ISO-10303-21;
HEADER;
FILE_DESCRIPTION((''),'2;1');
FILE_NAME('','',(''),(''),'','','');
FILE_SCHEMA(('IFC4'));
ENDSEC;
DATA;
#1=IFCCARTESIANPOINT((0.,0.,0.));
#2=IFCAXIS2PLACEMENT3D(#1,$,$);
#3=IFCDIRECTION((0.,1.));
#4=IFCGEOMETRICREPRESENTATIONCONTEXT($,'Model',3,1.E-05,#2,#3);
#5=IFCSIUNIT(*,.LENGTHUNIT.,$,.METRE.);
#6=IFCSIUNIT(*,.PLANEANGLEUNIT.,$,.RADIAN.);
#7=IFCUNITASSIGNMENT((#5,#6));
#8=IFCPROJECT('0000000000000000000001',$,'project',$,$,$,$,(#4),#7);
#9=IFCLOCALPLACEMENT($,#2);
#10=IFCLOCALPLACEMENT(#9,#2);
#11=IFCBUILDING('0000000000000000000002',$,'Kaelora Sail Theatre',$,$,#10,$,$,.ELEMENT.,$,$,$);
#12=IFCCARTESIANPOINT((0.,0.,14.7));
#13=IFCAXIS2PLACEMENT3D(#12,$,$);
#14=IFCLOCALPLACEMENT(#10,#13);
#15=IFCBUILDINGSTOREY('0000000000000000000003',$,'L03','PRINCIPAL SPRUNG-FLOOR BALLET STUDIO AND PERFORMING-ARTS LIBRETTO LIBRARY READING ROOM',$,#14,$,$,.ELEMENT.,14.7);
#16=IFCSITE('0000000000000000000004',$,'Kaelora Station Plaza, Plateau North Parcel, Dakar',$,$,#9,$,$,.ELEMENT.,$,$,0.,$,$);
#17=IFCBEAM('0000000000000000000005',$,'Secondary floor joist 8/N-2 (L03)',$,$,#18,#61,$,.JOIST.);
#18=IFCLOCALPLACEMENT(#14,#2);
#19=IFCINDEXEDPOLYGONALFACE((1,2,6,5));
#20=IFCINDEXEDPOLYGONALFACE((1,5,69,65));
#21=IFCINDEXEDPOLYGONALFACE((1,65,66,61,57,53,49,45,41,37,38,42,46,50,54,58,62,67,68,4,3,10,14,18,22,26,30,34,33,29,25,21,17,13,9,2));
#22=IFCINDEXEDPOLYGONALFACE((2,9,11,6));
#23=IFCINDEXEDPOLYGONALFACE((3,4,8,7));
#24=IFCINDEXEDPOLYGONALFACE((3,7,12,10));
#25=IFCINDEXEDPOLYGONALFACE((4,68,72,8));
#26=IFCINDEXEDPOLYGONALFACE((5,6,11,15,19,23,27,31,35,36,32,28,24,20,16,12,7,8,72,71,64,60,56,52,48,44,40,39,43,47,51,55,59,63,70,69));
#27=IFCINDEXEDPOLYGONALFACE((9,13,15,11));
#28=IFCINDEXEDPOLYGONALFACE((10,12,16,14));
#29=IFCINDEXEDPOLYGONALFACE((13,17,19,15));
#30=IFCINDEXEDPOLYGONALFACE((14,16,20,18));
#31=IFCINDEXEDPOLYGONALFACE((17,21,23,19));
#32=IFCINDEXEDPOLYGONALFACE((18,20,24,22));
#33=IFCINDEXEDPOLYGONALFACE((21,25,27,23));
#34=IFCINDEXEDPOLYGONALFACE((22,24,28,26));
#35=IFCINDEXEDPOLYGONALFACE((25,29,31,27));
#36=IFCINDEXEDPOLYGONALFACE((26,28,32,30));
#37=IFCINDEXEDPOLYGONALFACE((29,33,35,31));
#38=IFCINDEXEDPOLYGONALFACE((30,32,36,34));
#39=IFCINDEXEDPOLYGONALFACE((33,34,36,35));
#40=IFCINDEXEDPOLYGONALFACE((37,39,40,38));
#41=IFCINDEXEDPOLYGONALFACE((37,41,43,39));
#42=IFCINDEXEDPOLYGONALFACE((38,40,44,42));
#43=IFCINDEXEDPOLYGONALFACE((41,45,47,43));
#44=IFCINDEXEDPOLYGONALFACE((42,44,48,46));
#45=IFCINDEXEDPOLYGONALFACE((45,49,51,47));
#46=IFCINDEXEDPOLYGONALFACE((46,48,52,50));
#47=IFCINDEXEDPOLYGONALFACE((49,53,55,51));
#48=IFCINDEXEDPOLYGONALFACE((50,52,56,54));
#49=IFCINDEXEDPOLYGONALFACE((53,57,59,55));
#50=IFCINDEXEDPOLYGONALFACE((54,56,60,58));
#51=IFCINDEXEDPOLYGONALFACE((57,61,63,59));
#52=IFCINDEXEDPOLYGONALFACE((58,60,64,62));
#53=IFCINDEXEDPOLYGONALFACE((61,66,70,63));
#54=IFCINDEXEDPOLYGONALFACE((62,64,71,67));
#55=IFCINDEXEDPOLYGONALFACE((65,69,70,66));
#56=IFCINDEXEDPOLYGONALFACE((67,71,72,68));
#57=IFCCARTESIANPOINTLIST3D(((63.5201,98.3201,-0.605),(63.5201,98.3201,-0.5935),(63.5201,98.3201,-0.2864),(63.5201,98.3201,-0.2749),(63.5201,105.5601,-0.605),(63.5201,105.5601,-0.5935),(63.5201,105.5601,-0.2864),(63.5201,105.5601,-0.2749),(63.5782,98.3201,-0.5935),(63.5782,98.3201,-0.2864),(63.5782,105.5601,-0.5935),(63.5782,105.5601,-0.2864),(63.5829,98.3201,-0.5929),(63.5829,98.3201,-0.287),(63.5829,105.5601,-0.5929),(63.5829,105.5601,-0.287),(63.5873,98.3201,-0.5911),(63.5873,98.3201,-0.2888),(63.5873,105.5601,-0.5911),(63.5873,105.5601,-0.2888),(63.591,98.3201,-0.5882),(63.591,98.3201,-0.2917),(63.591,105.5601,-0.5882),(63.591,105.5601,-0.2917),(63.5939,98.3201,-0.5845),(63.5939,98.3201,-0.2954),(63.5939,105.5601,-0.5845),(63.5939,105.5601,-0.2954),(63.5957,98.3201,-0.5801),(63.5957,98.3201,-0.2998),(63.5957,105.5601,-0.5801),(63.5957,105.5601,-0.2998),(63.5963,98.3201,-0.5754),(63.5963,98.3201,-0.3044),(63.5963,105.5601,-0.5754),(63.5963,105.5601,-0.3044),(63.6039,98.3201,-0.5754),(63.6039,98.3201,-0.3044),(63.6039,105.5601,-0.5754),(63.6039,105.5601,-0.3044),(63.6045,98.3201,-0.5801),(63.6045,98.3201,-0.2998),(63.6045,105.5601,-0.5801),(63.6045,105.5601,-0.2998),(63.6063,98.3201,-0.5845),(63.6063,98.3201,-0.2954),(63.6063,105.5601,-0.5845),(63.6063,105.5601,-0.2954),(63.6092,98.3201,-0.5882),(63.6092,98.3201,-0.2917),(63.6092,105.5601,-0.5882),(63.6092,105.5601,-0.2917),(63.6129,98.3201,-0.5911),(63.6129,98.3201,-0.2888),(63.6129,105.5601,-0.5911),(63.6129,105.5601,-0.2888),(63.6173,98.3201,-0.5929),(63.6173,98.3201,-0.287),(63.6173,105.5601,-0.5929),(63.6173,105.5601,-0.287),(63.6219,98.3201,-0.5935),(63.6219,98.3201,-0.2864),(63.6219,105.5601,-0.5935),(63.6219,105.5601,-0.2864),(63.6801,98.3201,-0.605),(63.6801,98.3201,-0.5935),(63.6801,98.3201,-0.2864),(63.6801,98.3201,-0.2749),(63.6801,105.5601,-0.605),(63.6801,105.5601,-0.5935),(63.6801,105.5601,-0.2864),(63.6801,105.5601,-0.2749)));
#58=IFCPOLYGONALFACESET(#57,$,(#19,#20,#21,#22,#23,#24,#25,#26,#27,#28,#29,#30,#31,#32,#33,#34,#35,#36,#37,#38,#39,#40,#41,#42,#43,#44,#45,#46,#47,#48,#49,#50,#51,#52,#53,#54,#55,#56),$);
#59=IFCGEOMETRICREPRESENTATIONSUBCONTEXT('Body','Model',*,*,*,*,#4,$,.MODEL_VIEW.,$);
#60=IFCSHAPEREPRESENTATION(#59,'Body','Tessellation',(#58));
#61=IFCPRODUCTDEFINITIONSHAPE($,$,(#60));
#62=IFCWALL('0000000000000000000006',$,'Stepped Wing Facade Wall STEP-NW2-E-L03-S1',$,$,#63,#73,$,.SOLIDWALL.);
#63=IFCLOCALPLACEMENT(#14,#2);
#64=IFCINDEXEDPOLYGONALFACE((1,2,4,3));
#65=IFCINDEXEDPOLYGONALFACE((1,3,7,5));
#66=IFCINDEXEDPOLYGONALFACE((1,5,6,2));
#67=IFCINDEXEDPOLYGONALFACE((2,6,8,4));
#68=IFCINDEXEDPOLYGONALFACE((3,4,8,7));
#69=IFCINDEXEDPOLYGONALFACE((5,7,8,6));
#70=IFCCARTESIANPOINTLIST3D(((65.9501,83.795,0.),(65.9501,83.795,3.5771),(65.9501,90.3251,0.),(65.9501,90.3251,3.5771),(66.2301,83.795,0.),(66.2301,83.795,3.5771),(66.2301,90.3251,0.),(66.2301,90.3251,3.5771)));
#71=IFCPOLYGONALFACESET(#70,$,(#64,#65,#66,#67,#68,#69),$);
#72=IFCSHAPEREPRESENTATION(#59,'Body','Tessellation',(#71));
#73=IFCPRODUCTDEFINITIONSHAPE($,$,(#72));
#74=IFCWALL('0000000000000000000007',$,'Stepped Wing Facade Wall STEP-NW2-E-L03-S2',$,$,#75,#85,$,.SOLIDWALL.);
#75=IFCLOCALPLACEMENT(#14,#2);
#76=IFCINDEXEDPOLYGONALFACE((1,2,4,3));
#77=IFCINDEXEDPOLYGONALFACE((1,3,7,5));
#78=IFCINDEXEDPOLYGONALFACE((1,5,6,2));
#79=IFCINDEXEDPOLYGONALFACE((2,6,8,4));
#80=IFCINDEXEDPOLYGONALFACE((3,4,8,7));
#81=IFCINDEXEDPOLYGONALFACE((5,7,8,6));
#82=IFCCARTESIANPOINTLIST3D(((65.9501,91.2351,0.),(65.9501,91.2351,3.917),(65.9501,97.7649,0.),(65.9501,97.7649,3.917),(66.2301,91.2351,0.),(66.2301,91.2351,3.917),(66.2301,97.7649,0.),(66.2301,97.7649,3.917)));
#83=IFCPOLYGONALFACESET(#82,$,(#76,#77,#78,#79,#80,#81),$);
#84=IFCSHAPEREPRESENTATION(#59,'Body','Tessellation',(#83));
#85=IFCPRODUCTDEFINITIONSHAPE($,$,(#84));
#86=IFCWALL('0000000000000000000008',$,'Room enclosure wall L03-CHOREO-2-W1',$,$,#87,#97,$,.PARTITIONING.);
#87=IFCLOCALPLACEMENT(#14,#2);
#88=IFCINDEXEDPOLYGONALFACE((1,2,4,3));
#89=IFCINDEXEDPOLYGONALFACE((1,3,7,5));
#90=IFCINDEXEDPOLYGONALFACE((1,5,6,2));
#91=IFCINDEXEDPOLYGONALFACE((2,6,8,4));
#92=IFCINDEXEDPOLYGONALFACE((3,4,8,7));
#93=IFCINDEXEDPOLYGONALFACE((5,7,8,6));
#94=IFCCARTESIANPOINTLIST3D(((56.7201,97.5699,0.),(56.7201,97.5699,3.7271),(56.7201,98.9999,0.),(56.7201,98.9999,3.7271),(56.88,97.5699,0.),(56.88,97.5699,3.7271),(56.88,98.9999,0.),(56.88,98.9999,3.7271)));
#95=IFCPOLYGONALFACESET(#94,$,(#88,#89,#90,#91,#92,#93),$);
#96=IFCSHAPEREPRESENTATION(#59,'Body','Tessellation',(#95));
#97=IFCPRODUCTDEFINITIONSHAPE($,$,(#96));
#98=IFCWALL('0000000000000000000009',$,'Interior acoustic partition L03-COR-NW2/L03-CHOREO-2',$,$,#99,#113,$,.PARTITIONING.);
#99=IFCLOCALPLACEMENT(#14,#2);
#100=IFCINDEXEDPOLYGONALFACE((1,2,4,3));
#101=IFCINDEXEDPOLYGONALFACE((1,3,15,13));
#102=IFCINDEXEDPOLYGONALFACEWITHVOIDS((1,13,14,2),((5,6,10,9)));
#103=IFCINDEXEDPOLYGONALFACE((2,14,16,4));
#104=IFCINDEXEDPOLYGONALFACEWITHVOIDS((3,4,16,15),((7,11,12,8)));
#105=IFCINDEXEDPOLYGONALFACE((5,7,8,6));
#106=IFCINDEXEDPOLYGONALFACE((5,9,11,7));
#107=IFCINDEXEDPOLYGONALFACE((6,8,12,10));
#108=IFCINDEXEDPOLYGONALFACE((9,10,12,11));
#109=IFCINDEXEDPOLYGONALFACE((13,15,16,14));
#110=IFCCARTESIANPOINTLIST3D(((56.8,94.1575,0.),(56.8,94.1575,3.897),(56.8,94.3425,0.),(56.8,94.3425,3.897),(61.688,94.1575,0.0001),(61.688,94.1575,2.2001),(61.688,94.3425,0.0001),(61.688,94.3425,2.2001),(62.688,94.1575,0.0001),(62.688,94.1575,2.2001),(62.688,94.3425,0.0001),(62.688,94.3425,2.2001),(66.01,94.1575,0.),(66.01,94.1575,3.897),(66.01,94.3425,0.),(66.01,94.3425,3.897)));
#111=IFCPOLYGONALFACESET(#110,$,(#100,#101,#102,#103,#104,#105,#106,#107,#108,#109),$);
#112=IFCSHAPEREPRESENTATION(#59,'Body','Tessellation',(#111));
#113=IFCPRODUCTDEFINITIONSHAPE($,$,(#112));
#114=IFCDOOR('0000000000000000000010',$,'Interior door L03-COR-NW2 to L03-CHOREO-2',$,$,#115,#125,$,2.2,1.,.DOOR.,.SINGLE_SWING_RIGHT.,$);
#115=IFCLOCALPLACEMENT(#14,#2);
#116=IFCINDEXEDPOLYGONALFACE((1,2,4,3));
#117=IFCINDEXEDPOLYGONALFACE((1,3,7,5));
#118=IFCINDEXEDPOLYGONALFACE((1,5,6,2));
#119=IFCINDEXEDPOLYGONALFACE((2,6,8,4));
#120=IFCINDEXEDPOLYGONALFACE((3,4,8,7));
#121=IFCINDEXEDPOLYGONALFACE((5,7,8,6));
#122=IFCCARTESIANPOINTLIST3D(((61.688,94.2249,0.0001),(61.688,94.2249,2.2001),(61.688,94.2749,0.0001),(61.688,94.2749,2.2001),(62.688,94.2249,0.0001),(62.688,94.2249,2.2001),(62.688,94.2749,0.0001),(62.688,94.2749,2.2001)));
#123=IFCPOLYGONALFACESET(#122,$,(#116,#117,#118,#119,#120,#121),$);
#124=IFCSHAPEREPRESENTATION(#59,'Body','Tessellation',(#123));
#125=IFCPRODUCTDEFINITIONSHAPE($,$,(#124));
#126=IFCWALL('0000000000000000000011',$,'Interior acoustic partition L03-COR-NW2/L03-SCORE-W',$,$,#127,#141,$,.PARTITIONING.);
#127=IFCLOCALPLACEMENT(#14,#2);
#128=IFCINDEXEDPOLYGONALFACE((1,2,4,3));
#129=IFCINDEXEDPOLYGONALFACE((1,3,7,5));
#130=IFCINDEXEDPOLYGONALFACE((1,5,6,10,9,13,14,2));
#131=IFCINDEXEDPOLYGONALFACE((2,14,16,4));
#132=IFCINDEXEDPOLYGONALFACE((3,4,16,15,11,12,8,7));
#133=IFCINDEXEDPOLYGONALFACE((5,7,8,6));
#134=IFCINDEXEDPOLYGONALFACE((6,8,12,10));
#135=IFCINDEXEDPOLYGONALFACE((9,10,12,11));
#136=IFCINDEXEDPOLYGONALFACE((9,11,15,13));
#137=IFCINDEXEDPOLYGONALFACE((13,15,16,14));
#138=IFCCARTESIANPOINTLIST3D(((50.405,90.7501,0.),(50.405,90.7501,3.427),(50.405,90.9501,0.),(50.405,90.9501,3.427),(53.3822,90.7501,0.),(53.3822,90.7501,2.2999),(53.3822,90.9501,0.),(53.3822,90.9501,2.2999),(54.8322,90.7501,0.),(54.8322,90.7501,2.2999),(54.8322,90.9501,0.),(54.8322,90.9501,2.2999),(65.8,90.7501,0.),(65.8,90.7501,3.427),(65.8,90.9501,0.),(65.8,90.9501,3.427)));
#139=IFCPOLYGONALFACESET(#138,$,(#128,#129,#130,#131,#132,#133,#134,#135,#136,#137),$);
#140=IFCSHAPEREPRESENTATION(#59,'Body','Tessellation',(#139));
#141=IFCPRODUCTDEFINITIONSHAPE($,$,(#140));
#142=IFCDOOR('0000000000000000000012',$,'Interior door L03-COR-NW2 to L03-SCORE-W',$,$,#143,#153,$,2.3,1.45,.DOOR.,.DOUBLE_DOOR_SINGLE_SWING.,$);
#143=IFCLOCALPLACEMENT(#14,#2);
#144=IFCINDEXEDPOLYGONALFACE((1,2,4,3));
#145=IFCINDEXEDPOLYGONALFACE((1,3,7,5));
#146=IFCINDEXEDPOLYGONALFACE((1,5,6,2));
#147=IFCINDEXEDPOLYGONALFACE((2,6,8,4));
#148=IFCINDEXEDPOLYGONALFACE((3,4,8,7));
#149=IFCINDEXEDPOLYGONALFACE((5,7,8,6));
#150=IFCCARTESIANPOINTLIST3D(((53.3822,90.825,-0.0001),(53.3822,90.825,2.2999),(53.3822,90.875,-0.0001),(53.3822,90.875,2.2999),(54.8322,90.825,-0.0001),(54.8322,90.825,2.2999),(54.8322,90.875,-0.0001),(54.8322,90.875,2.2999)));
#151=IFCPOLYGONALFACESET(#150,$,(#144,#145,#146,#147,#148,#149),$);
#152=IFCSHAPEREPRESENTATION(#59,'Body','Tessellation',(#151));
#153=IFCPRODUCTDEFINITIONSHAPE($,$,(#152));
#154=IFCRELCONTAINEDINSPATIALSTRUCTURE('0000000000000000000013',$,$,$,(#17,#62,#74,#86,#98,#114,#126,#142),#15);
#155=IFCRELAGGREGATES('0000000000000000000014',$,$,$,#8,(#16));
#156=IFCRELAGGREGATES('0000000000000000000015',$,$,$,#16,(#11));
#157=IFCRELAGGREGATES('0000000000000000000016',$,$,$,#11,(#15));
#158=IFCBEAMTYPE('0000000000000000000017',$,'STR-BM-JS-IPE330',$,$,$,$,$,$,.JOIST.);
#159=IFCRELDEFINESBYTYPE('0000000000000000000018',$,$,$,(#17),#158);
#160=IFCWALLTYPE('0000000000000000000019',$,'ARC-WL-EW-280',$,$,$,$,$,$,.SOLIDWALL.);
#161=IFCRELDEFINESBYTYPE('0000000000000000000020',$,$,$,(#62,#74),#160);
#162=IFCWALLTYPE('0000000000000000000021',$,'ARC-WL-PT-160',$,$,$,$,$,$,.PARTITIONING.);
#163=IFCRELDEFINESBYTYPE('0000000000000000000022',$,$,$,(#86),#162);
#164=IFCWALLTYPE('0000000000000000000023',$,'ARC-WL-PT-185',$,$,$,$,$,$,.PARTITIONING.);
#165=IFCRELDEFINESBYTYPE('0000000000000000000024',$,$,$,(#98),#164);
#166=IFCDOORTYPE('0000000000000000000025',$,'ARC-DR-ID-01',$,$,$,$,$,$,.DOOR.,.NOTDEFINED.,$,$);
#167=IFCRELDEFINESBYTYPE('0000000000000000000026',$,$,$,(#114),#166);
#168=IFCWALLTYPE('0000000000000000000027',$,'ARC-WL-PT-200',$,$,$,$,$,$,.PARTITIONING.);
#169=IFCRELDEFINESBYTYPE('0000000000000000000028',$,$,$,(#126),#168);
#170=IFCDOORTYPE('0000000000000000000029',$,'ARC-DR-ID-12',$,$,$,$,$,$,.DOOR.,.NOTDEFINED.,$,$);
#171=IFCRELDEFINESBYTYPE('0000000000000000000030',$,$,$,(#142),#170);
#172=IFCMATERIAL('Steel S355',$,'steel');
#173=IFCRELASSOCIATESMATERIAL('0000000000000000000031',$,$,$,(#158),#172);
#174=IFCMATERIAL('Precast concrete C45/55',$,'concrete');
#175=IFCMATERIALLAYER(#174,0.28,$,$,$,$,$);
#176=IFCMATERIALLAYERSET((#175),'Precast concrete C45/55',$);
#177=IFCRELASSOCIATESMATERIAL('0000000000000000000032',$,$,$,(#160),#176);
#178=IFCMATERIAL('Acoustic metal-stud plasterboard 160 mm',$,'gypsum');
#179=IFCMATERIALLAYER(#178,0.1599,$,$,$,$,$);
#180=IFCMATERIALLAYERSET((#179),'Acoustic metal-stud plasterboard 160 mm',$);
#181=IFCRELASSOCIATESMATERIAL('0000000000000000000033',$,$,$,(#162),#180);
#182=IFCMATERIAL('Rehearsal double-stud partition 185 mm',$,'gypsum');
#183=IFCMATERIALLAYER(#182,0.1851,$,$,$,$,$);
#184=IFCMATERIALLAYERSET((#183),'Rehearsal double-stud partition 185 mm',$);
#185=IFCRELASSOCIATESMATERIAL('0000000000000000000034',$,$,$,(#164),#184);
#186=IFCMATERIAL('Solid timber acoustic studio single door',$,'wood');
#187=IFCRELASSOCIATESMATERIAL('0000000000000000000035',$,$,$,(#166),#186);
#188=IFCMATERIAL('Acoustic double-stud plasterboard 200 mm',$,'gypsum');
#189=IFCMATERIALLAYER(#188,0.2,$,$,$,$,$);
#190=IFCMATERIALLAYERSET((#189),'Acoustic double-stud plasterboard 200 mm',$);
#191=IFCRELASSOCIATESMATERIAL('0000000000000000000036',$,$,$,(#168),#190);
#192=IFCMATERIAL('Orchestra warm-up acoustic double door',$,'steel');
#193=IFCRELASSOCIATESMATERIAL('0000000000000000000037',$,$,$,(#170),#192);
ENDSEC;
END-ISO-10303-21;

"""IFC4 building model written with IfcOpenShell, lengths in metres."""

from ifc_helpers import new_model, si_unit, direction, frame, frame_2d, origin, origin_2d, place, context, subcontext, project, spatial, rectangle, i_section, extrude, material, layer, layer_set, material_profile, profile_set, type_object, element, fill, save


model = new_model("IFC4")

# Units and contexts
model_context = context("Model", 3, precision=1e-05, world=origin(), true_north=direction((0.0, 1.0)))
body_context = subcontext(model_context, "Body", "Model", "MODEL_VIEW")
ifc_project = project(units=[si_unit("LENGTHUNIT", "METRE"), si_unit("PLANEANGLEUNIT", "RADIAN")], contexts=[model_context])

# Site, building, storey
site_placement = place(None, origin())
site = spatial("IfcSite", under=ifc_project, at=site_placement, Name="Kaelora Station Plaza, Plateau North Parcel, Dakar", CompositionType="ELEMENT", RefElevation=0.0)
building_placement = place(site_placement, origin())
building = spatial("IfcBuilding", under=site, at=building_placement, Name="Kaelora Sail Theatre", CompositionType="ELEMENT")
storey_placement = place(building_placement, frame((0.0, 0.0, 14.7)))
storey = spatial("IfcBuildingStorey", under=building, at=storey_placement, Name="L03", Description="PRINCIPAL SPRUNG-FLOOR BALLET STUDIO AND PERFORMING-ARTS LIBRETTO LIBRARY READING ROOM", CompositionType="ELEMENT", Elevation=14.7)

# Beam
ifc_material_1 = material(Name="Steel S355", Category="steel")
ifc_material_profile_1 = material_profile(ifc_material_1, i_section(OverallWidth=0.1599, OverallDepth=0.3301, WebThickness=0.0076, FlangeThickness=0.0115, FilletRadius=0.0181, at=origin_2d()), Name="IPE 330")
ifc_profile_set_1 = profile_set([ifc_material_profile_1], Name="Steel S355")
beam_type_1 = type_object("IfcBeamType", Name="STR-BM-JS-IPE330", PredefinedType="JOIST", material=ifc_profile_set_1)
beam_1_placement = place(storey_placement, frame((63.6001, 98.3201, -0.4399), z_axis=(0.0, 1.0, 0.0), x_axis=(-1.0, 0.0, 0.0)))
element("IfcBeam", 1, at=beam_1_placement, inside=storey, type_object=beam_type_1, Name="Secondary floor joist 8/N-2 (L03)", PredefinedType="JOIST", context=body_context, shape_type="SweptSolid", body=[
    extrude(i_section(OverallWidth=0.1599, OverallDepth=0.3301, WebThickness=0.0076, FlangeThickness=0.0115, FilletRadius=0.0181, at=origin_2d()), origin(), (0.0, 0.0, 1.0), 7.24),
])

# Walls
ifc_material_2 = material(Name="Precast concrete C45/55", Category="concrete")
ifc_layer_1 = layer(ifc_material_2, 0.28)
ifc_layer_set_1 = layer_set([ifc_layer_1], Name="Precast concrete C45/55")
wall_type_1 = type_object("IfcWallType", Name="ARC-WL-EW-280", PredefinedType="SOLIDWALL", material=ifc_layer_set_1)
wall_1_placement = place(storey_placement, frame((66.0901, 83.7949, 0.0), z_axis=(0.0, 0.0, 1.0), x_axis=(0.0, 1.0, 0.0)))
element("IfcWall", 2, at=wall_1_placement, inside=storey, type_object=wall_type_1, Name="Stepped Wing Facade Wall STEP-NW2-E-L03-S1", PredefinedType="SOLIDWALL", context=body_context, shape_type="SweptSolid", body=[
    extrude(rectangle(XDim=6.53, YDim=0.28, at=frame_2d((3.2651, 0.0))), origin(), (0.0, 0.0, 1.0), 3.5771),
])
wall_2_placement = place(storey_placement, frame((66.0901, 91.2351, 0.0), z_axis=(0.0, 0.0, 1.0), x_axis=(0.0, 1.0, 0.0)))
element("IfcWall", 3, at=wall_2_placement, inside=storey, type_object=wall_type_1, Name="Stepped Wing Facade Wall STEP-NW2-E-L03-S2", PredefinedType="SOLIDWALL", context=body_context, shape_type="SweptSolid", body=[
    extrude(rectangle(XDim=6.5298, YDim=0.28, at=frame_2d((3.2649, 0.0))), origin(), (0.0, 0.0, 1.0), 3.917),
])
ifc_material_3 = material(Name="Acoustic metal-stud plasterboard 160 mm", Category="gypsum")
ifc_layer_2 = layer(ifc_material_3, 0.1599)
ifc_layer_set_2 = layer_set([ifc_layer_2], Name="Acoustic metal-stud plasterboard 160 mm")
wall_type_2 = type_object("IfcWallType", Name="ARC-WL-PT-160", PredefinedType="PARTITIONING", material=ifc_layer_set_2)
wall_3_placement = place(storey_placement, frame((56.8, 97.5701, 0.0), z_axis=(0.0, 0.0, 1.0), x_axis=(0.0, 1.0, 0.0)))
element("IfcWall", 4, at=wall_3_placement, inside=storey, type_object=wall_type_2, Name="Room enclosure wall L03-CHOREO-2-W1", PredefinedType="PARTITIONING", context=body_context, shape_type="SweptSolid", body=[
    extrude(rectangle(XDim=1.4299, YDim=0.1599, at=frame_2d((0.7148, 0.0))), origin(), (0.0, 0.0, 1.0), 3.7271),
])

# Walls, openings, doors
ifc_material_4 = material(Name="Rehearsal double-stud partition 185 mm", Category="gypsum")
ifc_layer_3 = layer(ifc_material_4, 0.1851)
ifc_layer_set_3 = layer_set([ifc_layer_3], Name="Rehearsal double-stud partition 185 mm")
wall_type_3 = type_object("IfcWallType", Name="ARC-WL-PT-185", PredefinedType="PARTITIONING", material=ifc_layer_set_3)
wall_4_placement = place(storey_placement, frame((56.8, 94.25, 0.0), z_axis=(0.0, 0.0, 1.0), x_axis=(1.0, 0.0, 0.0)))
wall_4 = element("IfcWall", 5, at=wall_4_placement, inside=storey, type_object=wall_type_3, Name="Interior acoustic partition L03-COR-NW2/L03-CHOREO-2", PredefinedType="PARTITIONING", context=body_context, shape_type="SweptSolid", body=[
    extrude(rectangle(XDim=9.21, YDim=0.1851, at=frame_2d((4.605, 0.0))), origin(), (0.0, 0.0, 1.0), 3.897),
])
opening_1_placement = place(wall_4_placement, frame((4.8879, 0.0, 0.0)))
opening_1 = element("IfcOpeningElement", 6, at=opening_1_placement, cuts=wall_4, PredefinedType="OPENING", context=body_context, shape_type="SweptSolid", body=[
    extrude(rectangle(XDim=1.0, YDim=2.2, at=frame_2d((0.5, 1.1001))), frame((0.0, 0.1025, 0.0), z_axis=(0.0, -1.0, 0.0), x_axis=(1.0, 0.0, 0.0)), (0.0, 0.0, 1.0), 0.2051),
])
ifc_material_5 = material(Name="Solid timber acoustic studio single door", Category="wood")
door_type_1 = type_object("IfcDoorType", Name="ARC-DR-ID-01", OperationType="NOTDEFINED", PredefinedType="DOOR", material=ifc_material_5)
door_1_placement = place(opening_1_placement, origin())
door_1 = element("IfcDoor", 7, at=door_1_placement, inside=storey, type_object=door_type_1, Name="Interior door L03-COR-NW2 to L03-CHOREO-2", OperationType="SINGLE_SWING_RIGHT", OverallHeight=2.2, OverallWidth=1.0, PredefinedType="DOOR", context=body_context, shape_type="SweptSolid", body=[
    extrude(rectangle(XDim=1.0, YDim=2.2, at=frame_2d((0.5, 1.1001))), frame((0.0, 0.0249, 0.0), z_axis=(0.0, -1.0, 0.0), x_axis=(1.0, 0.0, 0.0)), (0.0, 0.0, 1.0), 0.05),
])
fill(opening_1, door_1)
ifc_material_6 = material(Name="Acoustic double-stud plasterboard 200 mm", Category="gypsum")
ifc_layer_4 = layer(ifc_material_6, 0.2)
ifc_layer_set_4 = layer_set([ifc_layer_4], Name="Acoustic double-stud plasterboard 200 mm")
wall_type_4 = type_object("IfcWallType", Name="ARC-WL-PT-200", PredefinedType="PARTITIONING", material=ifc_layer_set_4)
wall_5_placement = place(storey_placement, frame((50.405, 90.8501, 0.0), z_axis=(0.0, 0.0, 1.0), x_axis=(1.0, 0.0, 0.0)))
wall_5 = element("IfcWall", 8, at=wall_5_placement, inside=storey, type_object=wall_type_4, Name="Interior acoustic partition L03-COR-NW2/L03-SCORE-W", PredefinedType="PARTITIONING", context=body_context, shape_type="SweptSolid", body=[
    extrude(rectangle(XDim=15.395, YDim=0.2, at=frame_2d((7.6975, 0.0))), origin(), (0.0, 0.0, 1.0), 3.427),
])
opening_2_placement = place(wall_5_placement, frame((2.9771, 0.0, 0.0)))
opening_2 = element("IfcOpeningElement", 9, at=opening_2_placement, cuts=wall_5, PredefinedType="OPENING", context=body_context, shape_type="SweptSolid", body=[
    extrude(rectangle(XDim=1.45, YDim=2.3, at=frame_2d((0.7251, 1.1499))), frame((0.0, 0.1101, 0.0), z_axis=(0.0, -1.0, 0.0), x_axis=(1.0, 0.0, 0.0)), (0.0, 0.0, 1.0), 0.22),
])
ifc_material_7 = material(Name="Orchestra warm-up acoustic double door", Category="steel")
door_type_2 = type_object("IfcDoorType", Name="ARC-DR-ID-12", OperationType="NOTDEFINED", PredefinedType="DOOR", material=ifc_material_7)
door_2_placement = place(opening_2_placement, origin())
door_2 = element("IfcDoor", 10, at=door_2_placement, inside=storey, type_object=door_type_2, Name="Interior door L03-COR-NW2 to L03-SCORE-W", OperationType="DOUBLE_DOOR_SINGLE_SWING", OverallHeight=2.3, OverallWidth=1.45, PredefinedType="DOOR", context=body_context, shape_type="SweptSolid", body=[
    extrude(rectangle(XDim=1.45, YDim=2.3, at=frame_2d((0.7251, 1.1499))), frame((0.0, 0.0249, 0.0), z_axis=(0.0, -1.0, 0.0), x_axis=(1.0, 0.0, 0.0)), (0.0, 0.0, 1.0), 0.05),
])
fill(opening_2, door_2)

save(model, "model.ifc")
